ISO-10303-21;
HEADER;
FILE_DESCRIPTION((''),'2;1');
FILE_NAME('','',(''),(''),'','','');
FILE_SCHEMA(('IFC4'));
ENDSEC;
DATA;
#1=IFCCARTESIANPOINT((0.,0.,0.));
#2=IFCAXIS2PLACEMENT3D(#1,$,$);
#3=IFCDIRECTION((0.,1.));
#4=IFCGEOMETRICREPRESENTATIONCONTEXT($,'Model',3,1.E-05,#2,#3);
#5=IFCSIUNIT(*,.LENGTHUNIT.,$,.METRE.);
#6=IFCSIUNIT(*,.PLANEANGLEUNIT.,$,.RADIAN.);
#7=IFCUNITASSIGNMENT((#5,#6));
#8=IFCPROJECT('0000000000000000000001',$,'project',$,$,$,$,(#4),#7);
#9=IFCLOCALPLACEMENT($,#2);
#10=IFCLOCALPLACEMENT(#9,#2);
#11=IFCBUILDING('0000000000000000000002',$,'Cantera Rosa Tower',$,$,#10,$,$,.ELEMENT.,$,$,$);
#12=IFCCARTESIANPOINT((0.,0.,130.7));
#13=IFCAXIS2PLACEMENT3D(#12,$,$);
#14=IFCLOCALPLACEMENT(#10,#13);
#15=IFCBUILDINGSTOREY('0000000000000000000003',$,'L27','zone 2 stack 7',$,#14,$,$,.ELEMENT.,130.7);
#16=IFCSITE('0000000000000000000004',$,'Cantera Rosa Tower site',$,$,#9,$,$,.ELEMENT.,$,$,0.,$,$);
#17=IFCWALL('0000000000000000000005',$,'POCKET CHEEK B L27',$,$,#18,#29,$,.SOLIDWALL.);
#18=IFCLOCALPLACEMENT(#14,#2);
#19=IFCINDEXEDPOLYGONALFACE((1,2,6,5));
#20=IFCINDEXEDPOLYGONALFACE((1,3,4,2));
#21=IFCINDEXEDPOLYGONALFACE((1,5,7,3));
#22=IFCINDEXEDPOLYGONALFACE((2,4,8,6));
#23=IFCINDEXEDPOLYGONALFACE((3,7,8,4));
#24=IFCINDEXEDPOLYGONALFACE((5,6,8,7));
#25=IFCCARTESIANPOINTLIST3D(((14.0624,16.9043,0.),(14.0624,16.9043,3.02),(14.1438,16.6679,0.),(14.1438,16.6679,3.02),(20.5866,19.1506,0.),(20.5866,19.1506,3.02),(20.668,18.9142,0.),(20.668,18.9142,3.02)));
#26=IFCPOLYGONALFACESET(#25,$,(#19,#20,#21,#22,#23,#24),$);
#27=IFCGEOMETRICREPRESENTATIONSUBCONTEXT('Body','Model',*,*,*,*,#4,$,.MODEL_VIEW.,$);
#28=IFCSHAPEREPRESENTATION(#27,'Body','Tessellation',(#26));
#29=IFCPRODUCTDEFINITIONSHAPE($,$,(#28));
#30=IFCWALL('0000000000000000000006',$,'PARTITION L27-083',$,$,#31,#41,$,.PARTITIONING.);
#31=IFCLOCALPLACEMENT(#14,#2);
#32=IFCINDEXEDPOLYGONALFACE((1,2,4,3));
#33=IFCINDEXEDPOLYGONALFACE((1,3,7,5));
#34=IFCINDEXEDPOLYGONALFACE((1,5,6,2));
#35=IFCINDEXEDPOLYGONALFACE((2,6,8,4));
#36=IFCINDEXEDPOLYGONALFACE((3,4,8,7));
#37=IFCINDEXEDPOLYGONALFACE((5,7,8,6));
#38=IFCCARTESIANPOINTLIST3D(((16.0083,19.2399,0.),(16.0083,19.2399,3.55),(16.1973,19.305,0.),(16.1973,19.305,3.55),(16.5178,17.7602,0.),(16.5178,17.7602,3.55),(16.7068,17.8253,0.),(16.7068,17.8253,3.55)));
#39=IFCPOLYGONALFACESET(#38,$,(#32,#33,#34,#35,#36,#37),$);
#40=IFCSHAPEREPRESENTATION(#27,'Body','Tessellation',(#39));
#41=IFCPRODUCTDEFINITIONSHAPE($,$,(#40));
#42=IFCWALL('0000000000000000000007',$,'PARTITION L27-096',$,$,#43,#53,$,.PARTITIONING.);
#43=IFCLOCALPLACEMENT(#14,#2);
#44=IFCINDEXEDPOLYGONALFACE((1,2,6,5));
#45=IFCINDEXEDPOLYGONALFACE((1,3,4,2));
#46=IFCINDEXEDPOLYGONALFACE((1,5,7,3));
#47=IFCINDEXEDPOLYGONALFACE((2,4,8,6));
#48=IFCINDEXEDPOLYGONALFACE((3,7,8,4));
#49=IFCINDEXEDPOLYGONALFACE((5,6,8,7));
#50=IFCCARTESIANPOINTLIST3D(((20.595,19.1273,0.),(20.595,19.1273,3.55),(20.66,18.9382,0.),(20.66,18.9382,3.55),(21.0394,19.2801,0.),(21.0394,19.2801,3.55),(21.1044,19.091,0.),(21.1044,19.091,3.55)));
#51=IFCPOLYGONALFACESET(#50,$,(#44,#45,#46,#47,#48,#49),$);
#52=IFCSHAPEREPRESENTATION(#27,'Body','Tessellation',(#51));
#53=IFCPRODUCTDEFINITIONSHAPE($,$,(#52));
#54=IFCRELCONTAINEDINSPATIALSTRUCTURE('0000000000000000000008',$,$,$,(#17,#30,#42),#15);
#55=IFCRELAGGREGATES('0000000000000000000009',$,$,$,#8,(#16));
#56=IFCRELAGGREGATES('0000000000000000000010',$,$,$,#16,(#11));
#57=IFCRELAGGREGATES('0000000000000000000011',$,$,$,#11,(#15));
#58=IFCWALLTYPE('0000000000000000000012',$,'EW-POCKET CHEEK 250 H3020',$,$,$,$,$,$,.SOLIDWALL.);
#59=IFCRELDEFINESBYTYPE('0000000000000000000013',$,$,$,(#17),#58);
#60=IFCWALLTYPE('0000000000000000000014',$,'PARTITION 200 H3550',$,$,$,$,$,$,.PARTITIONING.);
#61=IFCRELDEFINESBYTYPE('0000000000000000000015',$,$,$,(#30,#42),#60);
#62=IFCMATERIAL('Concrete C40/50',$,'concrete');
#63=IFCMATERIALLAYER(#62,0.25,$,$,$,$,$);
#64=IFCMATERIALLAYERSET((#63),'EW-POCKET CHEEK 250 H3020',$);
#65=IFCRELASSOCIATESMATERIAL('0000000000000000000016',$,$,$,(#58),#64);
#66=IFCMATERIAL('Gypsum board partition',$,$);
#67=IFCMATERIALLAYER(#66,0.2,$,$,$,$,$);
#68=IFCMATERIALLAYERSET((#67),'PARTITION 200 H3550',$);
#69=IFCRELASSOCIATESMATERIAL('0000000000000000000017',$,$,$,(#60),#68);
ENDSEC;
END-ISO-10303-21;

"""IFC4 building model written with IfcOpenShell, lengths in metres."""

from ifc_helpers import new_model, si_unit, direction, frame, frame_2d, origin, place, context, subcontext, project, spatial, rectangle, extrude, material, layer, layer_set, type_object, element, save


model = new_model("IFC4")

# Units and contexts
model_context = context("Model", 3, precision=1e-05, world=origin(), true_north=direction((0.0, 1.0)))
body_context = subcontext(model_context, "Body", "Model", "MODEL_VIEW")
ifc_project = project(units=[si_unit("LENGTHUNIT", "METRE"), si_unit("PLANEANGLEUNIT", "RADIAN")], contexts=[model_context])

# Site, building, storey
site_placement = place(None, origin())
site = spatial("IfcSite", under=ifc_project, at=site_placement, Name="Cantera Rosa Tower site", CompositionType="ELEMENT", RefElevation=0.0)
building_placement = place(site_placement, origin())
building = spatial("IfcBuilding", under=site, at=building_placement, Name="Cantera Rosa Tower", CompositionType="ELEMENT")
storey_placement = place(building_placement, frame((0.0, 0.0, 130.7)))
storey = spatial("IfcBuildingStorey", under=building, at=storey_placement, Name="L27", Description="zone 2 stack 7", CompositionType="ELEMENT", Elevation=130.7)

# Walls
ifc_material_1 = material(Name="Concrete C40/50", Category="concrete")
ifc_layer_1 = layer(ifc_material_1, 0.25)
ifc_layer_set_1 = layer_set([ifc_layer_1], Name="EW-POCKET CHEEK 250 H3020")
wall_type_1 = type_object("IfcWallType", Name="EW-POCKET CHEEK 250 H3020", PredefinedType="SOLIDWALL", material=ifc_layer_set_1)
wall_1_placement = place(storey_placement, frame((20.6274, 19.0325, 0.0), z_axis=(0.0, 0.0, 1.0), x_axis=(-0.945524, -0.325553, 0.0)))
element("IfcWall", 1, at=wall_1_placement, inside=storey, type_object=wall_type_1, Name="POCKET CHEEK B L27", PredefinedType="SOLIDWALL", context=body_context, shape_type="SweptSolid", body=[
    extrude(rectangle(XDim=6.9001, YDim=0.25, at=frame_2d((3.4502, 0.0))), origin(), (0.0, 0.0, 1.0), 3.02),
])
ifc_material_2 = material(Name="Gypsum board partition")
ifc_layer_2 = layer(ifc_material_2, 0.2)
ifc_layer_set_2 = layer_set([ifc_layer_2], Name="PARTITION 200 H3550")
wall_type_2 = type_object("IfcWallType", Name="PARTITION 200 H3550", PredefinedType="PARTITIONING", material=ifc_layer_set_2)
wall_2_placement = place(storey_placement, frame((16.1028, 19.2725, 0.0), z_axis=(0.0, 0.0, 1.0), x_axis=(0.325572, -0.945517, 0.0)))
element("IfcWall", 2, at=wall_2_placement, inside=storey, type_object=wall_type_2, Name="PARTITION L27-083", PredefinedType="PARTITIONING", context=body_context, shape_type="SweptSolid", body=[
    extrude(rectangle(XDim=1.5649, YDim=0.2, at=frame_2d((0.7825, 0.0))), origin(), (0.0, 0.0, 1.0), 3.55),
])
wall_3_placement = place(storey_placement, frame((21.0718, 19.1855, 0.0), z_axis=(0.0, 0.0, 1.0), x_axis=(-0.945627, -0.325254, 0.0)))
element("IfcWall", 3, at=wall_3_placement, inside=storey, type_object=wall_type_2, Name="PARTITION L27-096", PredefinedType="PARTITIONING", context=body_context, shape_type="SweptSolid", body=[
    extrude(rectangle(XDim=0.47, YDim=0.2, at=frame_2d((0.2349, 0.0))), origin(), (0.0, 0.0, 1.0), 3.55),
])

save(model, "model.ifc")
